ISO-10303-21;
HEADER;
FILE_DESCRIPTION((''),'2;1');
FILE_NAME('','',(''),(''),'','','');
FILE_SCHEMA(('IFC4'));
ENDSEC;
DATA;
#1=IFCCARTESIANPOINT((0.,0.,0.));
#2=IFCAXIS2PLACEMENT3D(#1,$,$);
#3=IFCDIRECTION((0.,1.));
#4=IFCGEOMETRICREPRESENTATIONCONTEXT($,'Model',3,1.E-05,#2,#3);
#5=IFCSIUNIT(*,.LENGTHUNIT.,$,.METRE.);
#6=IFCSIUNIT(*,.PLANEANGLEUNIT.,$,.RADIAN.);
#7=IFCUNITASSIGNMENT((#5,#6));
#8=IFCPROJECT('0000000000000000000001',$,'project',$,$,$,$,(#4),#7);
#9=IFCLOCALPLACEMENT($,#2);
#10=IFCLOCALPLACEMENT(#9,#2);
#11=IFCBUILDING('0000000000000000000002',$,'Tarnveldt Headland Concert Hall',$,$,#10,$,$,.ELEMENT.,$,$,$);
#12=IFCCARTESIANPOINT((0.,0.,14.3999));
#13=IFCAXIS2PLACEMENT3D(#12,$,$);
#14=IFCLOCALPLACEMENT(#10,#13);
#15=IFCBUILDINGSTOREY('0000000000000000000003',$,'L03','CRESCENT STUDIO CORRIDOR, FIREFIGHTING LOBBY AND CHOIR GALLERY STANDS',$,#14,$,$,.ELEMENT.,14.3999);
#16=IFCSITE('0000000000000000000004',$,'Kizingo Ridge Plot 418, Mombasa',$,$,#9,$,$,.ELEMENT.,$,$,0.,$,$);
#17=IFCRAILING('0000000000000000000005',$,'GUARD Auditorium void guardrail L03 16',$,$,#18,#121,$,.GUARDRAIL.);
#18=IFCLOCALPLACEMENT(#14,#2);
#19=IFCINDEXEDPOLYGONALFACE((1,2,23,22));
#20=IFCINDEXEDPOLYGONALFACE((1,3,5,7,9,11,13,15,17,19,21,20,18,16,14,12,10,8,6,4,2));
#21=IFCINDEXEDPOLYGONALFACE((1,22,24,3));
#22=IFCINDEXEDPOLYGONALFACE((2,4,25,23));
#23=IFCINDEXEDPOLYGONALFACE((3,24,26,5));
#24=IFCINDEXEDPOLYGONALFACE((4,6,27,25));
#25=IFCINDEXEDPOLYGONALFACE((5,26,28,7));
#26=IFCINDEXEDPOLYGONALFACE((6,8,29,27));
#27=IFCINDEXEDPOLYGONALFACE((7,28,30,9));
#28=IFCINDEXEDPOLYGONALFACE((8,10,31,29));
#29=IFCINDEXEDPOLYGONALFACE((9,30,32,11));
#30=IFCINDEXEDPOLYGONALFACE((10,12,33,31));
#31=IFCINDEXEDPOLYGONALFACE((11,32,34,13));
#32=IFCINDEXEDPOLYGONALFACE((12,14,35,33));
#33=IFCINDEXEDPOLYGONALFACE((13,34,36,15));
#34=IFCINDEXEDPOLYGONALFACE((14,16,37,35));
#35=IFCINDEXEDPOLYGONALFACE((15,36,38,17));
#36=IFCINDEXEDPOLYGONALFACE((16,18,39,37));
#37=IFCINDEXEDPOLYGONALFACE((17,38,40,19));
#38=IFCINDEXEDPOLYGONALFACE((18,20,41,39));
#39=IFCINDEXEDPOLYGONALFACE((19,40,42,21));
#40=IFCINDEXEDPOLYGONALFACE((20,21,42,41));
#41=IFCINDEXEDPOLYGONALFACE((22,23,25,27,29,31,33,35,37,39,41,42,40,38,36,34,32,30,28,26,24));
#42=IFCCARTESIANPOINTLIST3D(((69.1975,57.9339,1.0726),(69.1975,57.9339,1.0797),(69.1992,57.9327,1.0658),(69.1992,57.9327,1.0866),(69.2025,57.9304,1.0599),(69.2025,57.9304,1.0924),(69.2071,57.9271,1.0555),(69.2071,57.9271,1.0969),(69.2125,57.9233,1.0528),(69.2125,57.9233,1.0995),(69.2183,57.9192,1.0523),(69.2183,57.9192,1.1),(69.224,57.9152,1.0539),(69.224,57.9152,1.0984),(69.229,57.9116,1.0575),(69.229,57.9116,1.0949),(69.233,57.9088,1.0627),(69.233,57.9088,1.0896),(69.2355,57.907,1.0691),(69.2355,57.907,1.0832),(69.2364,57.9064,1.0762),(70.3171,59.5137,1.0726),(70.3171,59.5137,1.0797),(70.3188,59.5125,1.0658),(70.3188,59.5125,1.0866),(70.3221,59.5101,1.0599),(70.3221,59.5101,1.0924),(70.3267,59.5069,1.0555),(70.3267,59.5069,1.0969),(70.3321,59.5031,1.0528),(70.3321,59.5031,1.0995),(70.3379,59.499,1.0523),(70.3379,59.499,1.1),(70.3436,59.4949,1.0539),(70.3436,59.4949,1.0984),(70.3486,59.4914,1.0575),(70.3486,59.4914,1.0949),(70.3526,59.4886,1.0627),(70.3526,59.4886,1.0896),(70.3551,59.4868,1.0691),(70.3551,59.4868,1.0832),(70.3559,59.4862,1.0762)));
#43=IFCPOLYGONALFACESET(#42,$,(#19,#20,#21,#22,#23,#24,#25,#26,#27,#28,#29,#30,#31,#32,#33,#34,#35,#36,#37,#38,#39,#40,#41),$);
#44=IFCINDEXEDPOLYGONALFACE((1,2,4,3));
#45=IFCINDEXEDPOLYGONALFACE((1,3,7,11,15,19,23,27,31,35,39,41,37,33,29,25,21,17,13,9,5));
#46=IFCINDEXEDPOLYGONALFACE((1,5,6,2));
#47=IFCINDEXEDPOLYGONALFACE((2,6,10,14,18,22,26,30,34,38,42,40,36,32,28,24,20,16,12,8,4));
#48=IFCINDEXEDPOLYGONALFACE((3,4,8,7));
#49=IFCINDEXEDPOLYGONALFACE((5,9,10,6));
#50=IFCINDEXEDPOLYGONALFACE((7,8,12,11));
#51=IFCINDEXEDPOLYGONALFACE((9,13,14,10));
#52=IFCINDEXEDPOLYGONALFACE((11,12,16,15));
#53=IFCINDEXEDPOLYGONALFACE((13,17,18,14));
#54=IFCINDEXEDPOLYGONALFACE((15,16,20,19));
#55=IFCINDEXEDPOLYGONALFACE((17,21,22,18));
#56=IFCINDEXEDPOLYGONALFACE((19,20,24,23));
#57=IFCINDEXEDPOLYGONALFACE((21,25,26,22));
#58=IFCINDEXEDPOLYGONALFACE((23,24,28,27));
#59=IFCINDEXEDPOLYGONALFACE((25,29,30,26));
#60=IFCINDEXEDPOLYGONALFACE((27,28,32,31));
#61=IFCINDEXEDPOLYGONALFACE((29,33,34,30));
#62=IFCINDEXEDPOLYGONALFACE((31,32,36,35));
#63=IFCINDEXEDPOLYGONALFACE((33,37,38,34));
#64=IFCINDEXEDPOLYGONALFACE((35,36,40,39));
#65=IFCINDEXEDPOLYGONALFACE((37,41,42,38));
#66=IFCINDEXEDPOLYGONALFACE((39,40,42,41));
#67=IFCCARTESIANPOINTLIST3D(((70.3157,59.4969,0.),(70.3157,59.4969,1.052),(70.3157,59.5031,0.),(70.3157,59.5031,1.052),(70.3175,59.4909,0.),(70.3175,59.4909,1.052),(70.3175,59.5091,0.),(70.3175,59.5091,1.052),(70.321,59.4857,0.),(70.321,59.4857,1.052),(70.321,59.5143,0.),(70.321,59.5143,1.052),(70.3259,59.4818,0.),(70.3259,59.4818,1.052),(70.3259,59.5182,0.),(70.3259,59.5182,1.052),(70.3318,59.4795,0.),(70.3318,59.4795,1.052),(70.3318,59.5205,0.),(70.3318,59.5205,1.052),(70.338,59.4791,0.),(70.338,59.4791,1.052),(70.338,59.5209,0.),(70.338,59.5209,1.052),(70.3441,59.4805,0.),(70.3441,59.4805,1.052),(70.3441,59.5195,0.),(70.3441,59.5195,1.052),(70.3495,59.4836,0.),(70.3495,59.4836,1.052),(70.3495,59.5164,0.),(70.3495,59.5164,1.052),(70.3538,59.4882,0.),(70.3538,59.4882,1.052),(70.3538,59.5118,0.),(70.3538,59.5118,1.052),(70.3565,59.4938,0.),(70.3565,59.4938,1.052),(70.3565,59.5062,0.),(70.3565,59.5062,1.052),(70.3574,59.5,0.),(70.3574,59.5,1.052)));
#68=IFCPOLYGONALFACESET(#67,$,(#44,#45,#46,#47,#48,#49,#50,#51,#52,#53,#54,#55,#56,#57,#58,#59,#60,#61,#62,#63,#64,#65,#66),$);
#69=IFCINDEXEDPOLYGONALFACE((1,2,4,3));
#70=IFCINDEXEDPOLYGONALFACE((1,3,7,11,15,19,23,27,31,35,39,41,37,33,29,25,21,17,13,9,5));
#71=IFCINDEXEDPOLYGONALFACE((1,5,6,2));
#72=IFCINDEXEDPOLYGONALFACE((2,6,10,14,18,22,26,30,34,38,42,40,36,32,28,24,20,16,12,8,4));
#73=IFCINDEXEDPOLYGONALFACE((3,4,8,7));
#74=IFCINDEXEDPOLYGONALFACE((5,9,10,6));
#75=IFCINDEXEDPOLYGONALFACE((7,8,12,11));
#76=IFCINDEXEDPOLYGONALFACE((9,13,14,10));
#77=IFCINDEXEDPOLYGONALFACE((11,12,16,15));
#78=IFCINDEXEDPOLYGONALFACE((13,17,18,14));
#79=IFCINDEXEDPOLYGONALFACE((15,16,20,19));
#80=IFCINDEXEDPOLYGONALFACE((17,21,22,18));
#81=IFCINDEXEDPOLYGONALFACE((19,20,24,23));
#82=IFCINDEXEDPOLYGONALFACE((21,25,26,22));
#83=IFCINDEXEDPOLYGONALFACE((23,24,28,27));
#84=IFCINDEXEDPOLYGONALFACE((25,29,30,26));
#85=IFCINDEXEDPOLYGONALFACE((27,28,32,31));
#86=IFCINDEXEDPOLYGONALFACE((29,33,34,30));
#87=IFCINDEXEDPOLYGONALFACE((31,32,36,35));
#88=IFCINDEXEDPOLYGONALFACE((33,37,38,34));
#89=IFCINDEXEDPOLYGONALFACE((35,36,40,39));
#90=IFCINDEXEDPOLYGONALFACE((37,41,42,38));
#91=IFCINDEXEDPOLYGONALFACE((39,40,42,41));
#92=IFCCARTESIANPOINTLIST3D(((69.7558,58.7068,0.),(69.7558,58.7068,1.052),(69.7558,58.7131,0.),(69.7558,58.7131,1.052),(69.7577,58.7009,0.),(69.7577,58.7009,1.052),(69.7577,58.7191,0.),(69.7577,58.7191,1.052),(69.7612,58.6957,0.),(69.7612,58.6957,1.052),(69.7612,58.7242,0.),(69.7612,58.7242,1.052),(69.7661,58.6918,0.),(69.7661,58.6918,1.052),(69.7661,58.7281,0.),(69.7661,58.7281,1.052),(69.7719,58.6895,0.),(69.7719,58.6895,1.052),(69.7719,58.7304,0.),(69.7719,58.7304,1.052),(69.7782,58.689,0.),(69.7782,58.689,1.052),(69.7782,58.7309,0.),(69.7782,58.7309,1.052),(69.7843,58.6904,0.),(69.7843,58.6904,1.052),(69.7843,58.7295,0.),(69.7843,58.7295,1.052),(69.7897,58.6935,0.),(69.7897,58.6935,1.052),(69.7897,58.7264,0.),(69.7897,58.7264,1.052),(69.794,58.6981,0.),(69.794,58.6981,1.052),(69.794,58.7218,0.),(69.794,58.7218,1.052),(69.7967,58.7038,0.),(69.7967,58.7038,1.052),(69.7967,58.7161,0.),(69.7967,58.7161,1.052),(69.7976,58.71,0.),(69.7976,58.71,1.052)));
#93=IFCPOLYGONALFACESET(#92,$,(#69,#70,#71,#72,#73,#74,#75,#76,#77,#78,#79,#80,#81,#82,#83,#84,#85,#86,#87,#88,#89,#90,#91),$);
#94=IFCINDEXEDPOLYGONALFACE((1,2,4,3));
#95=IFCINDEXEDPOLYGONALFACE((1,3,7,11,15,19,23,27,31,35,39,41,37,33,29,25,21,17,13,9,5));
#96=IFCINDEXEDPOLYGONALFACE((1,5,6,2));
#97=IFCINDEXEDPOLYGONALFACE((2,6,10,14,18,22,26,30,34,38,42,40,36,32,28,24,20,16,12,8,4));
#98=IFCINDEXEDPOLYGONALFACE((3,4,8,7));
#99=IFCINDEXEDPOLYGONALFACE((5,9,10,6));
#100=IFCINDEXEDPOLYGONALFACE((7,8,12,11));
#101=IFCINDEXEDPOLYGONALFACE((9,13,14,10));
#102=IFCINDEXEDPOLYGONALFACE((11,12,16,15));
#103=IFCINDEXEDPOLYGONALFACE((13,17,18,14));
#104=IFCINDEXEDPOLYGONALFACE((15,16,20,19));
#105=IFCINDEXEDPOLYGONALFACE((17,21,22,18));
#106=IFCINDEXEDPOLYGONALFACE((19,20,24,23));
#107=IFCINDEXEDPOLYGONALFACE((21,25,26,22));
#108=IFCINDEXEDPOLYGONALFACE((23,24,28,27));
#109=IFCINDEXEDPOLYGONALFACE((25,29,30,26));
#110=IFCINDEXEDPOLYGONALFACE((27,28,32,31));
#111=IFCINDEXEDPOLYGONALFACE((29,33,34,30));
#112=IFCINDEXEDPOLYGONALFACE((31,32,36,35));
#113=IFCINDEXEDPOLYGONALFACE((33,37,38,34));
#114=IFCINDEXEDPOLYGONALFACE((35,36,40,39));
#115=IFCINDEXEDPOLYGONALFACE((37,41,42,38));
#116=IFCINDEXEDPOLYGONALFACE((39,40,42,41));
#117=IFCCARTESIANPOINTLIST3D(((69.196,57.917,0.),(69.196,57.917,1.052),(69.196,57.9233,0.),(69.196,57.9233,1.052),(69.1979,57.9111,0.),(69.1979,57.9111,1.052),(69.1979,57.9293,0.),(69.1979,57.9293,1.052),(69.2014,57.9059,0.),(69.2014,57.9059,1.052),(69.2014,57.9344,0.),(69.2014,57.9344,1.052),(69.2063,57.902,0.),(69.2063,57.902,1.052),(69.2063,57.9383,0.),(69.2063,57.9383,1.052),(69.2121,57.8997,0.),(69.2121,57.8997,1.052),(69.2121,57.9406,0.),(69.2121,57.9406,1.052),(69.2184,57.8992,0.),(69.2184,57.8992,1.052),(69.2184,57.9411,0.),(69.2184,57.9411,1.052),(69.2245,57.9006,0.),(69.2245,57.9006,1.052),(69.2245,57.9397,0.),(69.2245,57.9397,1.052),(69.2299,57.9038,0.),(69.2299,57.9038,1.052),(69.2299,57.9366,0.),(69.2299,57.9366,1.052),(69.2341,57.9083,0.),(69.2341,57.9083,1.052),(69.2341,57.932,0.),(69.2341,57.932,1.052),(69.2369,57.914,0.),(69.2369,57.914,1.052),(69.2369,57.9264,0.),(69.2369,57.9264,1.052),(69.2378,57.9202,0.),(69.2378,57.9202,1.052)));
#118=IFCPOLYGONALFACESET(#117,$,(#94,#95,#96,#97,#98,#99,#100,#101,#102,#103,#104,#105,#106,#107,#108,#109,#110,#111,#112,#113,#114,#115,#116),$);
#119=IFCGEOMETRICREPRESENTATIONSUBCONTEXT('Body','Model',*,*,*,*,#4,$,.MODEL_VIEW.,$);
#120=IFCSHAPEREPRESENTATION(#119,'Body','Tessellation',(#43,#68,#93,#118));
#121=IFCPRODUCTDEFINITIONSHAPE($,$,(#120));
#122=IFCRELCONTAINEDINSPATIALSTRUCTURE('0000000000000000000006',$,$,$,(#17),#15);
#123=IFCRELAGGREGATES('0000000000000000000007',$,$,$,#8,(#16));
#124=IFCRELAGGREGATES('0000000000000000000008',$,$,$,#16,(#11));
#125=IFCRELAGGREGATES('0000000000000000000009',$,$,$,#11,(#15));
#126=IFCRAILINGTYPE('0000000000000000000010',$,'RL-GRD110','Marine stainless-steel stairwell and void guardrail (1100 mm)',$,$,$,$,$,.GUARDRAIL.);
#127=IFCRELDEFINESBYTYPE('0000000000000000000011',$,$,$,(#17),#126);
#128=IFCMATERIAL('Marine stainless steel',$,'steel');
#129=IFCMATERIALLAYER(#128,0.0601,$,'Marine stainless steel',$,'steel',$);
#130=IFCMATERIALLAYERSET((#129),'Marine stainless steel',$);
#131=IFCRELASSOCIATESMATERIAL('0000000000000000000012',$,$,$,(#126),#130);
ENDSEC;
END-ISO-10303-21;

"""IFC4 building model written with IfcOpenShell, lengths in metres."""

from ifc_helpers import new_model, si_unit, direction, frame, origin, origin_2d, place, context, subcontext, project, spatial, circle, extrude, material, layer, layer_set, type_object, element, save


model = new_model("IFC4")

# Units and contexts
model_context = context("Model", 3, precision=1e-05, world=origin(), true_north=direction((0.0, 1.0)))
body_context = subcontext(model_context, "Body", "Model", "MODEL_VIEW")
ifc_project = project(units=[si_unit("LENGTHUNIT", "METRE"), si_unit("PLANEANGLEUNIT", "RADIAN")], contexts=[model_context])

# Site, building, storey
site_placement = place(None, origin())
site = spatial("IfcSite", under=ifc_project, at=site_placement, Name="Kizingo Ridge Plot 418, Mombasa", CompositionType="ELEMENT", RefElevation=0.0)
building_placement = place(site_placement, origin())
building = spatial("IfcBuilding", under=site, at=building_placement, Name="Tarnveldt Headland Concert Hall", CompositionType="ELEMENT")
storey_placement = place(building_placement, frame((0.0, 0.0, 14.3999)))
storey = spatial("IfcBuildingStorey", under=building, at=storey_placement, Name="L03", Description="CRESCENT STUDIO CORRIDOR, FIREFIGHTING LOBBY AND CHOIR GALLERY STANDS", CompositionType="ELEMENT", Elevation=14.3999)

# Railing
ifc_material_1 = material(Name="Marine stainless steel", Category="steel")
ifc_layer_1 = layer(ifc_material_1, 0.0601, Name="Marine stainless steel", Category="steel")
ifc_layer_set_1 = layer_set([ifc_layer_1], Name="Marine stainless steel")
railing_type = type_object("IfcRailingType", Name="RL-GRD110", Description="Marine stainless-steel stairwell and void guardrail (1100 mm)", PredefinedType="GUARDRAIL", material=ifc_layer_set_1)
railing_1_placement = place(storey_placement, frame((70.3364, 59.5, 0.0)))
element("IfcRailing", 1, at=railing_1_placement, inside=storey, type_object=railing_type, Name="GUARD Auditorium void guardrail L03 16", PredefinedType="GUARDRAIL", context=body_context, shape_type="SweptSolid", body=[
    extrude(circle(Radius=0.0239, at=origin_2d()), frame((0.0, 0.0, 1.0762), z_axis=(-0.578217, -0.815883, 0.0), x_axis=(0.815883, -0.578217, 0.0)), (0.0, 0.0, 1.0), 1.9363),
    extrude(circle(Radius=0.021, at=origin_2d()), origin(), (0.0, 0.0, 1.0), 1.052),
    extrude(circle(Radius=0.021, at=origin_2d()), frame((-0.5598, -0.79, 0.0)), (0.0, 0.0, 1.0), 1.052),
    extrude(circle(Radius=0.021, at=origin_2d()), frame((-1.1196, -1.5798, 0.0)), (0.0, 0.0, 1.0), 1.052),
])

save(model, "model.ifc")
